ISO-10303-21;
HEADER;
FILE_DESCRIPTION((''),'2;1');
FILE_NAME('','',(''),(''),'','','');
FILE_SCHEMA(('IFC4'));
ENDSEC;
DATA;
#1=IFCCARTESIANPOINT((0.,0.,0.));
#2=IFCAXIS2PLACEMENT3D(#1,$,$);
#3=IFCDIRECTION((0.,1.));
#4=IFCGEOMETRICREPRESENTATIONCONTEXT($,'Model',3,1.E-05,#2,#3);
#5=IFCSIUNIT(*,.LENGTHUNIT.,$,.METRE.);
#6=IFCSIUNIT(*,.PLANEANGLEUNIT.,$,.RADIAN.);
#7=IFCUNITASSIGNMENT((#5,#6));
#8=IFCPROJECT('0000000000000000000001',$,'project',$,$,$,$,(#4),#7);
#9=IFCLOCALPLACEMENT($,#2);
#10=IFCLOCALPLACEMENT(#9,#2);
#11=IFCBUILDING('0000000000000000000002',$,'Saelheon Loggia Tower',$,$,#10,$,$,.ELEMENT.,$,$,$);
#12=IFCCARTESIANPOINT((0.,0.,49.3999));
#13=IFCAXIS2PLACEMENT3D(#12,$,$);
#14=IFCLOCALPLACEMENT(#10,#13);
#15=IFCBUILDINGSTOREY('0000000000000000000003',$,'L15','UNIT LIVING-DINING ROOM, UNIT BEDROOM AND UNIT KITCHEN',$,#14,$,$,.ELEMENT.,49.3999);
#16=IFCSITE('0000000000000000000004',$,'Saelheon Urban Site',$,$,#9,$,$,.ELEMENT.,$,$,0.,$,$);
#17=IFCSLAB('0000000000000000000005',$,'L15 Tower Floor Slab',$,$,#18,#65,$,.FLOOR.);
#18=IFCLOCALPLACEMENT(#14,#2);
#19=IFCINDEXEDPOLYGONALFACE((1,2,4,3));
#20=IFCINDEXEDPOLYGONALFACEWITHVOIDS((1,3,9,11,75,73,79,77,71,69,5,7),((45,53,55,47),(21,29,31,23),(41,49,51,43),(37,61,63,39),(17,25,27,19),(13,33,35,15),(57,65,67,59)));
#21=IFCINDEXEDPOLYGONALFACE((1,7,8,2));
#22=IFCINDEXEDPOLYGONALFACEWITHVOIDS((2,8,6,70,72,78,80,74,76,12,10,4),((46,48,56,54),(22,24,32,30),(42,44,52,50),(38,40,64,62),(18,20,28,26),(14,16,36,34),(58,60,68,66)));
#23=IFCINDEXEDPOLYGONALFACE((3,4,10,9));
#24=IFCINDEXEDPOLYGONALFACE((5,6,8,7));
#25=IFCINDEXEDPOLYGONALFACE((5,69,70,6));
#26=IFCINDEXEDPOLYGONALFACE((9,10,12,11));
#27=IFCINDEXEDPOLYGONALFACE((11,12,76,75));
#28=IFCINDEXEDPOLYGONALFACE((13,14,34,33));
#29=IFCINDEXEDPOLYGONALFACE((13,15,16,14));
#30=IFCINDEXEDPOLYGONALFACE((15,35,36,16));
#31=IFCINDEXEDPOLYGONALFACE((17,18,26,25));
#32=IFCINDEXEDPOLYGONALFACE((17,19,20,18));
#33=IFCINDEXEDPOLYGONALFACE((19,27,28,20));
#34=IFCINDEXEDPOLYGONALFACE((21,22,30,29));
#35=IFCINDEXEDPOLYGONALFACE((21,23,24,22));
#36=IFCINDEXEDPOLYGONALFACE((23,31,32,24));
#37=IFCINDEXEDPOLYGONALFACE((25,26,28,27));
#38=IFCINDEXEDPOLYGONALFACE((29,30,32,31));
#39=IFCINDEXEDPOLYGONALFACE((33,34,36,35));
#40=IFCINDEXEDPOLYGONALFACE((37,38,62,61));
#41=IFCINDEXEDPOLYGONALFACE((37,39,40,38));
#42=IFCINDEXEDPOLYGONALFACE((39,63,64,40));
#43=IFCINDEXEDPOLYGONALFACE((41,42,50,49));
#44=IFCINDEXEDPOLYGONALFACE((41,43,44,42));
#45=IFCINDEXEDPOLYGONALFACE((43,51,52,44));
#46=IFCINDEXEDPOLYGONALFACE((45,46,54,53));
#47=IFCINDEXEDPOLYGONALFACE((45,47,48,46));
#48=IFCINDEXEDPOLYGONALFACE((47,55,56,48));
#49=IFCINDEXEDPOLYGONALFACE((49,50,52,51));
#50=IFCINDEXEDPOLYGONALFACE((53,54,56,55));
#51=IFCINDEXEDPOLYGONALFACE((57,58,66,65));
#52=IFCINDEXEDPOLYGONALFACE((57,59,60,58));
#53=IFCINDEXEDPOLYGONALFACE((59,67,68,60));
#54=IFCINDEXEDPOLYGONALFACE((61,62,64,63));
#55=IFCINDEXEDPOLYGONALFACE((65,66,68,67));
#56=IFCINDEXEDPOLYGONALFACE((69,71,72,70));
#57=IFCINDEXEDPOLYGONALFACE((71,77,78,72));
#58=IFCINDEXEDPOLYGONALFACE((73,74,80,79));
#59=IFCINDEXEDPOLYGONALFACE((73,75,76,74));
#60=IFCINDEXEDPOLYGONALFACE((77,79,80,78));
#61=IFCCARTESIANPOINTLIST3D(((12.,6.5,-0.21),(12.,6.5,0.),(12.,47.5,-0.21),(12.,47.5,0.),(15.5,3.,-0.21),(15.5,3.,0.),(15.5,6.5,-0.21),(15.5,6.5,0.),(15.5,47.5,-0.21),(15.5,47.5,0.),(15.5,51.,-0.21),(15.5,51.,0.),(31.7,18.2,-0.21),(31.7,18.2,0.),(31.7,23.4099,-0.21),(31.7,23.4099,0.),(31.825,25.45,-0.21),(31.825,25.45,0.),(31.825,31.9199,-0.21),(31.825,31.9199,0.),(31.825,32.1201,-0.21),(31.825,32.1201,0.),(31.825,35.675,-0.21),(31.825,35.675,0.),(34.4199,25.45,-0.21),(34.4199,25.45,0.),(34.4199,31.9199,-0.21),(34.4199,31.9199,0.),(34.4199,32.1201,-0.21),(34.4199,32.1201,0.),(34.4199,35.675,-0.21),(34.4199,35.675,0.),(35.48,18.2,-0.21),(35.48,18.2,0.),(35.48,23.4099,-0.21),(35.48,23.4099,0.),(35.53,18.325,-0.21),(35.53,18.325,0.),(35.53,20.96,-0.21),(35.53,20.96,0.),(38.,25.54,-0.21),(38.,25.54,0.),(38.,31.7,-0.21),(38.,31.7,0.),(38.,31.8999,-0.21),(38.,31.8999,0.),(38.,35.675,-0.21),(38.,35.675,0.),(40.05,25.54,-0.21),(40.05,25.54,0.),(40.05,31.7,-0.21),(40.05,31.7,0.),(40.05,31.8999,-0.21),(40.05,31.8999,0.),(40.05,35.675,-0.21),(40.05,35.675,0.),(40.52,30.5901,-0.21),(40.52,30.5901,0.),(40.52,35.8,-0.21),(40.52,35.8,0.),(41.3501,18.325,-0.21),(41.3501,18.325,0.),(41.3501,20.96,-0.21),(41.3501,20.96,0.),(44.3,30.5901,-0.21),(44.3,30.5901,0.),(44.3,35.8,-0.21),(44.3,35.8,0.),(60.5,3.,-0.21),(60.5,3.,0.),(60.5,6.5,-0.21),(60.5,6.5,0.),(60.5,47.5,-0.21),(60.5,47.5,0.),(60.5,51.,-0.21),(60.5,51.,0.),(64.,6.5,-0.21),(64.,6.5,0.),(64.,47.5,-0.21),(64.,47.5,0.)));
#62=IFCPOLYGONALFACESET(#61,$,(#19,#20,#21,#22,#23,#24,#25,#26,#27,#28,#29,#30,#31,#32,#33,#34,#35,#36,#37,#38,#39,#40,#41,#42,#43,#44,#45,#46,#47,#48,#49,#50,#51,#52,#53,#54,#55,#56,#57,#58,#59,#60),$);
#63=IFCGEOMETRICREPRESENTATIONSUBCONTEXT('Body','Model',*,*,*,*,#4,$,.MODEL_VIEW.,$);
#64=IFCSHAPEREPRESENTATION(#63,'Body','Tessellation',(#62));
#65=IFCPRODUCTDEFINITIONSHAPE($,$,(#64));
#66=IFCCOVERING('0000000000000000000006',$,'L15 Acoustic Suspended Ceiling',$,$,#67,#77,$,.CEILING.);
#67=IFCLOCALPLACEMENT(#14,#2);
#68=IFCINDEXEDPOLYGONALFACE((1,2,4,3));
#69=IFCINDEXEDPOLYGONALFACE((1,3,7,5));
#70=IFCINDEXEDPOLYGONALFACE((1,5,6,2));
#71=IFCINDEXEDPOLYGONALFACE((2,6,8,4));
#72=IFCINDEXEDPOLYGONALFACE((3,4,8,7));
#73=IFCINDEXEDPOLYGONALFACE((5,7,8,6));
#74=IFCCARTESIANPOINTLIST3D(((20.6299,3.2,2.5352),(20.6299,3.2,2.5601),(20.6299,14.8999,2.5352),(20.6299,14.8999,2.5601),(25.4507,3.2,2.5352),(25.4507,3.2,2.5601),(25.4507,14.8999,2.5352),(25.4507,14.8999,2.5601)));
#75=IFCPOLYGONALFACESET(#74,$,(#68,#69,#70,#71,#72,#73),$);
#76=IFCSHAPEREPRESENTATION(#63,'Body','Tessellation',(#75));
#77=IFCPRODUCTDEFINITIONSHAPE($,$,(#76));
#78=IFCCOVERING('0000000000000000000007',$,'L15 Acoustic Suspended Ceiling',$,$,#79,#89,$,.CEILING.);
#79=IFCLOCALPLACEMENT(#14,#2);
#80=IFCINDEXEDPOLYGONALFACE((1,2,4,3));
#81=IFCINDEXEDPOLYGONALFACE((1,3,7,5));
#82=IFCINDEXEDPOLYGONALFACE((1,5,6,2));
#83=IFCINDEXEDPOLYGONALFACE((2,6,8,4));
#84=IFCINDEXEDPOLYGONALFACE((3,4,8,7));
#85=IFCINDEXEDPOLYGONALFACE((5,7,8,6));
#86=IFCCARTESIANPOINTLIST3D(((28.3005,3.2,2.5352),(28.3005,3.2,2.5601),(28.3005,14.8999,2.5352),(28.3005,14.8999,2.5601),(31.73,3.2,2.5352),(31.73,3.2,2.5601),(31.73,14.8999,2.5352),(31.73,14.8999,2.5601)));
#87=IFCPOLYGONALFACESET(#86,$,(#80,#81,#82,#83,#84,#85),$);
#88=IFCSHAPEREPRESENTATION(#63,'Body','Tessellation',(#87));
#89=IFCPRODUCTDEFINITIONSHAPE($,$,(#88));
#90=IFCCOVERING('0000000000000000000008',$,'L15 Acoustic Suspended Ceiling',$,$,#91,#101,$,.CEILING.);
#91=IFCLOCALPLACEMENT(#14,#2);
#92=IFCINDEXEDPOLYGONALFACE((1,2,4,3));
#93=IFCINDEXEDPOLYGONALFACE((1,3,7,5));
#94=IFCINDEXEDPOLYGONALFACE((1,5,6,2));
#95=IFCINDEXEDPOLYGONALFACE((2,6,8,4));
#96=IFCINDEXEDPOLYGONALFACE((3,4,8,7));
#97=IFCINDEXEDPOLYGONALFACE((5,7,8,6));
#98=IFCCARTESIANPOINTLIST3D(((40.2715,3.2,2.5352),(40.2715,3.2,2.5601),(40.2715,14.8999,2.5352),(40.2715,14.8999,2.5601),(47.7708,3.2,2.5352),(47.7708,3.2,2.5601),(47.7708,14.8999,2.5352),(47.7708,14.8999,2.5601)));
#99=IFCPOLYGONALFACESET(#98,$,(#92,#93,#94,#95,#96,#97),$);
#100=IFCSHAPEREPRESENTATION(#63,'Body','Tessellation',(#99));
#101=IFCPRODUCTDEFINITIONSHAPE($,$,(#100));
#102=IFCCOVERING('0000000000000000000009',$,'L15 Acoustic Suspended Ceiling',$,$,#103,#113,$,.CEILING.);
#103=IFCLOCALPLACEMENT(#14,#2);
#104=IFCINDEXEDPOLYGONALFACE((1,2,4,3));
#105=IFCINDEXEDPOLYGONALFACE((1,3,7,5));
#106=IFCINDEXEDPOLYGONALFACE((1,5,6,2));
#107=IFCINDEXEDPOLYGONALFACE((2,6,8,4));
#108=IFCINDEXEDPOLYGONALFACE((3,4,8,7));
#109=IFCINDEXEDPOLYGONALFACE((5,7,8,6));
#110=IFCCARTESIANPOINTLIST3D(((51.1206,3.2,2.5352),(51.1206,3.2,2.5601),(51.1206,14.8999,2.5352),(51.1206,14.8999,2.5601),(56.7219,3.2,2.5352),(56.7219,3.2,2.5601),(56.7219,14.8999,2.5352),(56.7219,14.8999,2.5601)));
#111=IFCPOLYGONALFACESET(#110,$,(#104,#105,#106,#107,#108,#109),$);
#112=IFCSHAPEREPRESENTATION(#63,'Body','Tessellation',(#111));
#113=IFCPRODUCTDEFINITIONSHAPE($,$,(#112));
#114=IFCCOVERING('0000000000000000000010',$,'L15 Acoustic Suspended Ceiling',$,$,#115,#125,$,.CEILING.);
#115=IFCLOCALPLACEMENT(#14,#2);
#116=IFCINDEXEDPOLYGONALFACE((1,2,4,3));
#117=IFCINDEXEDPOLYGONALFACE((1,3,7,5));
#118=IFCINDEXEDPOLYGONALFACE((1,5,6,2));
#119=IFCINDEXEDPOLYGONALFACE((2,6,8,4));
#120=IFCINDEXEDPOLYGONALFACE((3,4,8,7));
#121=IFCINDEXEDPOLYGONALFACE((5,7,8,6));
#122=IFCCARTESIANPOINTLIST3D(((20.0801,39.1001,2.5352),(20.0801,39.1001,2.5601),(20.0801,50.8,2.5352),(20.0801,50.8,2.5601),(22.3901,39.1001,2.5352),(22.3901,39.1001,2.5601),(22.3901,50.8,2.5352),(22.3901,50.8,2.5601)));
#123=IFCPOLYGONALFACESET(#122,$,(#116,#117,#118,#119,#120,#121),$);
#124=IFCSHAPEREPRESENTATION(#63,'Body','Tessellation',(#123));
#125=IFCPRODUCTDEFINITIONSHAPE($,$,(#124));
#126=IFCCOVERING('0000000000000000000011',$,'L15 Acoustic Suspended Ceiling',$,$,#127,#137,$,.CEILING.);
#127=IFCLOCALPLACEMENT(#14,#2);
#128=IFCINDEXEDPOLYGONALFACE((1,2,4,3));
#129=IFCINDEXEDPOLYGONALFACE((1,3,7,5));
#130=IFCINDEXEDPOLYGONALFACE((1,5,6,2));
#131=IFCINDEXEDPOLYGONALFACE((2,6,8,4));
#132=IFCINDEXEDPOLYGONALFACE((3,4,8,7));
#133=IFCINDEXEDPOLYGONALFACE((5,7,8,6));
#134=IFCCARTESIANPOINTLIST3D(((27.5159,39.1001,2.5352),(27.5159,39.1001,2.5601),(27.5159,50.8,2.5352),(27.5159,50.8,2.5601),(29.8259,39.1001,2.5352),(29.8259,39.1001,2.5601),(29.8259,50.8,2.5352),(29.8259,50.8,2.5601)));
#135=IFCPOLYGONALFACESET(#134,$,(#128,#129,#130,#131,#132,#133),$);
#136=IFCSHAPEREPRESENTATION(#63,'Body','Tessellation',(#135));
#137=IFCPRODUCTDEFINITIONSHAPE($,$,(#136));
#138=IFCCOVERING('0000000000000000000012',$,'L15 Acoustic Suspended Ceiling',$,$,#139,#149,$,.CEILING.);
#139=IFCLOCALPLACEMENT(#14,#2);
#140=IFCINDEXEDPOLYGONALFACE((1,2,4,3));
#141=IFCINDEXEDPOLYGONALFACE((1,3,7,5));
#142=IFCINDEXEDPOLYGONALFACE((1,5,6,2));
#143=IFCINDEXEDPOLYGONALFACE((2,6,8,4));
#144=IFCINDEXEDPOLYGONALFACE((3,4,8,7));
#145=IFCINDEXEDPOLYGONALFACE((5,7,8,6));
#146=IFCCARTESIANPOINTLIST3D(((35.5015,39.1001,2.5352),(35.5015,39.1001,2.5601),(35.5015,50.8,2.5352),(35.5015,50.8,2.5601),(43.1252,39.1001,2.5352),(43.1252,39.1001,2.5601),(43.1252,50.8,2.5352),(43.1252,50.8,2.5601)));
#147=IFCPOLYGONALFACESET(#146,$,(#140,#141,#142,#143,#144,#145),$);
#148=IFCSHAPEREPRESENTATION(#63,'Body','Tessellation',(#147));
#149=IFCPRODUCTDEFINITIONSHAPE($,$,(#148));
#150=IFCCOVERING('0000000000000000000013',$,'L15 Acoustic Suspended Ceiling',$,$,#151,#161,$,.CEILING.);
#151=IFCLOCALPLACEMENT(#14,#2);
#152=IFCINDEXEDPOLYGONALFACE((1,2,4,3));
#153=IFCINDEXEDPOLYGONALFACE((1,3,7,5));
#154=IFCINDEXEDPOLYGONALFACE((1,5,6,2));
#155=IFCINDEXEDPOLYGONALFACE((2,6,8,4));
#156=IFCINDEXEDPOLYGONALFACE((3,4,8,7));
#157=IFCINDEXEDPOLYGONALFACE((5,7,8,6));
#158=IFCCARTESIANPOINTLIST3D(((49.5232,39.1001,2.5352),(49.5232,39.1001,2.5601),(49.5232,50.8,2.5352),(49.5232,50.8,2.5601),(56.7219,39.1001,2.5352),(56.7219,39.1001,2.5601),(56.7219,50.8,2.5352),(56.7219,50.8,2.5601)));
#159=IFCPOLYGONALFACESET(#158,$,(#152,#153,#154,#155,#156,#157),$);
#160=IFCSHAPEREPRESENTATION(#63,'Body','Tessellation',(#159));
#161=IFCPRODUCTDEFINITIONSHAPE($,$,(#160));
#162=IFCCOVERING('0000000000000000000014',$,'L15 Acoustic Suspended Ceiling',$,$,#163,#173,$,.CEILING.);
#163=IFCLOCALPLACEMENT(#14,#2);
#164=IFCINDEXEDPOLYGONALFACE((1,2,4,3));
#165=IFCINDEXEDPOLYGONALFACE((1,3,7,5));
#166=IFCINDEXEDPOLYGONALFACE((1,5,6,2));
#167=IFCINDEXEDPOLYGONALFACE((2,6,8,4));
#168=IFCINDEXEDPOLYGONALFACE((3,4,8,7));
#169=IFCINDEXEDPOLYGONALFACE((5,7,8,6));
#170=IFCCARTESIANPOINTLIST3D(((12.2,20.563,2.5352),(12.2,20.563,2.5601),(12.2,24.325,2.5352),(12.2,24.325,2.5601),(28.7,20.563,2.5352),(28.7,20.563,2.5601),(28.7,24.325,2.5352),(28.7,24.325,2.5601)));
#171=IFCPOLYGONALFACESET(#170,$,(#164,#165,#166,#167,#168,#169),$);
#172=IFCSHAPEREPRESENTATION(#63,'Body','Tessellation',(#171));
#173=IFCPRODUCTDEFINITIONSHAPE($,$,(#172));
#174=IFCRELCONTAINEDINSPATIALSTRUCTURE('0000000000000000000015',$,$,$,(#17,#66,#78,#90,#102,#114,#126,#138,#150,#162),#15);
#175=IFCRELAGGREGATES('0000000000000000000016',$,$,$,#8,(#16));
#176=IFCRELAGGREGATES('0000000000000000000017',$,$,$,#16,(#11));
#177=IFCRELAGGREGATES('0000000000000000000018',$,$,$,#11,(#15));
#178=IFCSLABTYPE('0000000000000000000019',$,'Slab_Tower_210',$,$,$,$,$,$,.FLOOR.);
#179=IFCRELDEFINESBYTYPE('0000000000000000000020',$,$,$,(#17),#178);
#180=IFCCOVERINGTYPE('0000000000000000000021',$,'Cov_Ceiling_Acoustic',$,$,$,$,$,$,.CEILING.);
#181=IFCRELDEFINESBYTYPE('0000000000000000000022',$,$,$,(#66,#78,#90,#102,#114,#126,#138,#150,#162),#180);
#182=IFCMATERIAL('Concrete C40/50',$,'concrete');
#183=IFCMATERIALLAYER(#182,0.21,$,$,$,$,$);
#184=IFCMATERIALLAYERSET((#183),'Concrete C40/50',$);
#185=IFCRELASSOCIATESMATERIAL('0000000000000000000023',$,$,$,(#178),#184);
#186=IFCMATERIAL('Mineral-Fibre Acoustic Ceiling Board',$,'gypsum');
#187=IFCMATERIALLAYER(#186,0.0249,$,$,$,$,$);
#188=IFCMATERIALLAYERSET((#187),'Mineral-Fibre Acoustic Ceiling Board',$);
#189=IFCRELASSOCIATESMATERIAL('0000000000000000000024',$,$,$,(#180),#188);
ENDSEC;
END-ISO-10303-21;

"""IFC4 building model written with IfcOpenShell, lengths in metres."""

from ifc_helpers import new_model, si_unit, direction, frame, origin, place, context, subcontext, project, spatial, polyline, outline, extrude, material, layer, layer_set, type_object, element, save


model = new_model("IFC4")

# Units and contexts
model_context = context("Model", 3, precision=1e-05, world=origin(), true_north=direction((0.0, 1.0)))
body_context = subcontext(model_context, "Body", "Model", "MODEL_VIEW")
ifc_project = project(units=[si_unit("LENGTHUNIT", "METRE"), si_unit("PLANEANGLEUNIT", "RADIAN")], contexts=[model_context])

# Site, building, storey
site_placement = place(None, origin())
site = spatial("IfcSite", under=ifc_project, at=site_placement, Name="Saelheon Urban Site", CompositionType="ELEMENT", RefElevation=0.0)
building_placement = place(site_placement, origin())
building = spatial("IfcBuilding", under=site, at=building_placement, Name="Saelheon Loggia Tower", CompositionType="ELEMENT")
storey_placement = place(building_placement, frame((0.0, 0.0, 49.3999)))
storey = spatial("IfcBuildingStorey", under=building, at=storey_placement, Name="L15", Description="UNIT LIVING-DINING ROOM, UNIT BEDROOM AND UNIT KITCHEN", CompositionType="ELEMENT", Elevation=49.3999)

# Shared definitions
ifc_material_1 = material(Name="Concrete C40/50", Category="concrete")

# Slab
ifc_layer_1 = layer(ifc_material_1, 0.21)
ifc_layer_set_1 = layer_set([ifc_layer_1], Name="Concrete C40/50")
slab_type_1 = type_object("IfcSlabType", Name="Slab_Tower_210", PredefinedType="FLOOR", material=ifc_layer_set_1)
slab_1_placement = place(storey_placement, frame((0.0, 0.0, -0.21)))
element("IfcSlab", 1, at=slab_1_placement, inside=storey, type_object=slab_type_1, Name="L15 Tower Floor Slab", PredefinedType="FLOOR", context=body_context, shape_type="SweptSolid", body=[
    extrude(outline(polyline([(15.5, 3.0), (60.5, 3.0), (60.5, 6.5), (64.0, 6.5), (64.0, 47.5), (60.5, 47.5), (60.5, 51.0), (15.5, 51.0), (15.5, 47.5), (12.0, 47.5), (12.0, 6.5), (15.5, 6.5), (15.5, 3.0)]), holes=[polyline([(31.7, 23.4099), (31.7, 18.2), (35.48, 18.2), (35.48, 23.4099), (31.7, 23.4099)]), polyline([(44.3, 30.5901), (44.3, 35.8), (40.52, 35.8), (40.52, 30.5901), (44.3, 30.5901)]), polyline([(35.53, 18.325), (41.3501, 18.325), (41.3501, 20.96), (35.53, 20.96), (35.53, 18.325)]), polyline([(31.825, 32.1201), (34.4199, 32.1201), (34.4199, 35.675), (31.825, 35.675), (31.825, 32.1201)]), polyline([(38.0, 31.8999), (40.05, 31.8999), (40.05, 35.675), (38.0, 35.675), (38.0, 31.8999)]), polyline([(31.825, 25.45), (34.4199, 25.45), (34.4199, 31.9199), (31.825, 31.9199), (31.825, 25.45)]), polyline([(38.0, 25.54), (40.05, 25.54), (40.05, 31.7), (38.0, 31.7), (38.0, 25.54)])]), origin(), (0.0, 0.0, 1.0), 0.21),
])

# Coverings
ifc_material_2 = material(Name="Mineral-Fibre Acoustic Ceiling Board", Category="gypsum")
ifc_layer_2 = layer(ifc_material_2, 0.0249)
ifc_layer_set_2 = layer_set([ifc_layer_2], Name="Mineral-Fibre Acoustic Ceiling Board")
covering_type = type_object("IfcCoveringType", Name="Cov_Ceiling_Acoustic", PredefinedType="CEILING", material=ifc_layer_set_2)
covering_1_placement = place(storey_placement, frame((0.0, 0.0, 2.5352)))
element("IfcCovering", 2, at=covering_1_placement, inside=storey, type_object=covering_type, Name="L15 Acoustic Suspended Ceiling", PredefinedType="CEILING", context=body_context, shape_type="SweptSolid", body=[
    extrude(outline(polyline([(20.6299, 3.2), (25.4507, 3.2), (25.4507, 14.8999), (20.6299, 14.8999), (20.6299, 3.2)])), origin(), (0.0, 0.0, 1.0), 0.0249),
])
covering_2_placement = place(storey_placement, frame((0.0, 0.0, 2.5352)))
element("IfcCovering", 3, at=covering_2_placement, inside=storey, type_object=covering_type, Name="L15 Acoustic Suspended Ceiling", PredefinedType="CEILING", context=body_context, shape_type="SweptSolid", body=[
    extrude(outline(polyline([(28.3005, 3.2), (31.73, 3.2), (31.73, 14.8999), (28.3005, 14.8999), (28.3005, 3.2)])), origin(), (0.0, 0.0, 1.0), 0.0249),
])
covering_3_placement = place(storey_placement, frame((0.0, 0.0, 2.5352)))
element("IfcCovering", 4, at=covering_3_placement, inside=storey, type_object=covering_type, Name="L15 Acoustic Suspended Ceiling", PredefinedType="CEILING", context=body_context, shape_type="SweptSolid", body=[
    extrude(outline(polyline([(40.2715, 3.2), (47.7708, 3.2), (47.7708, 14.8999), (40.2715, 14.8999), (40.2715, 3.2)])), origin(), (0.0, 0.0, 1.0), 0.0249),
])
covering_4_placement = place(storey_placement, frame((0.0, 0.0, 2.5352)))
element("IfcCovering", 5, at=covering_4_placement, inside=storey, type_object=covering_type, Name="L15 Acoustic Suspended Ceiling", PredefinedType="CEILING", context=body_context, shape_type="SweptSolid", body=[
    extrude(outline(polyline([(51.1206, 3.2), (56.7219, 3.2), (56.7219, 14.8999), (51.1206, 14.8999), (51.1206, 3.2)])), origin(), (0.0, 0.0, 1.0), 0.0249),
])
covering_5_placement = place(storey_placement, frame((0.0, 0.0, 2.5352)))
element("IfcCovering", 6, at=covering_5_placement, inside=storey, type_object=covering_type, Name="L15 Acoustic Suspended Ceiling", PredefinedType="CEILING", context=body_context, shape_type="SweptSolid", body=[
    extrude(outline(polyline([(20.0801, 39.1001), (22.3901, 39.1001), (22.3901, 50.8), (20.0801, 50.8), (20.0801, 39.1001)])), origin(), (0.0, 0.0, 1.0), 0.0249),
])
covering_6_placement = place(storey_placement, frame((0.0, 0.0, 2.5352)))
element("IfcCovering", 7, at=covering_6_placement, inside=storey, type_object=covering_type, Name="L15 Acoustic Suspended Ceiling", PredefinedType="CEILING", context=body_context, shape_type="SweptSolid", body=[
    extrude(outline(polyline([(27.5159, 39.1001), (29.8259, 39.1001), (29.8259, 50.8), (27.5159, 50.8), (27.5159, 39.1001)])), origin(), (0.0, 0.0, 1.0), 0.0249),
])
covering_7_placement = place(storey_placement, frame((0.0, 0.0, 2.5352)))
element("IfcCovering", 8, at=covering_7_placement, inside=storey, type_object=covering_type, Name="L15 Acoustic Suspended Ceiling", PredefinedType="CEILING", context=body_context, shape_type="SweptSolid", body=[
    extrude(outline(polyline([(35.5015, 39.1001), (43.1252, 39.1001), (43.1252, 50.8), (35.5015, 50.8), (35.5015, 39.1001)])), origin(), (0.0, 0.0, 1.0), 0.0249),
])
covering_8_placement = place(storey_placement, frame((0.0, 0.0, 2.5352)))
element("IfcCovering", 9, at=covering_8_placement, inside=storey, type_object=covering_type, Name="L15 Acoustic Suspended Ceiling", PredefinedType="CEILING", context=body_context, shape_type="SweptSolid", body=[
    extrude(outline(polyline([(49.5232, 39.1001), (56.7219, 39.1001), (56.7219, 50.8), (49.5232, 50.8), (49.5232, 39.1001)])), origin(), (0.0, 0.0, 1.0), 0.0249),
])
covering_9_placement = place(storey_placement, frame((0.0, 0.0, 2.5352)))
element("IfcCovering", 10, at=covering_9_placement, inside=storey, type_object=covering_type, Name="L15 Acoustic Suspended Ceiling", PredefinedType="CEILING", context=body_context, shape_type="SweptSolid", body=[
    extrude(outline(polyline([(12.2, 20.563), (28.7, 20.563), (28.7, 24.325), (12.2, 24.325), (12.2, 20.563)])), origin(), (0.0, 0.0, 1.0), 0.0249),
])

save(model, "model.ifc")
